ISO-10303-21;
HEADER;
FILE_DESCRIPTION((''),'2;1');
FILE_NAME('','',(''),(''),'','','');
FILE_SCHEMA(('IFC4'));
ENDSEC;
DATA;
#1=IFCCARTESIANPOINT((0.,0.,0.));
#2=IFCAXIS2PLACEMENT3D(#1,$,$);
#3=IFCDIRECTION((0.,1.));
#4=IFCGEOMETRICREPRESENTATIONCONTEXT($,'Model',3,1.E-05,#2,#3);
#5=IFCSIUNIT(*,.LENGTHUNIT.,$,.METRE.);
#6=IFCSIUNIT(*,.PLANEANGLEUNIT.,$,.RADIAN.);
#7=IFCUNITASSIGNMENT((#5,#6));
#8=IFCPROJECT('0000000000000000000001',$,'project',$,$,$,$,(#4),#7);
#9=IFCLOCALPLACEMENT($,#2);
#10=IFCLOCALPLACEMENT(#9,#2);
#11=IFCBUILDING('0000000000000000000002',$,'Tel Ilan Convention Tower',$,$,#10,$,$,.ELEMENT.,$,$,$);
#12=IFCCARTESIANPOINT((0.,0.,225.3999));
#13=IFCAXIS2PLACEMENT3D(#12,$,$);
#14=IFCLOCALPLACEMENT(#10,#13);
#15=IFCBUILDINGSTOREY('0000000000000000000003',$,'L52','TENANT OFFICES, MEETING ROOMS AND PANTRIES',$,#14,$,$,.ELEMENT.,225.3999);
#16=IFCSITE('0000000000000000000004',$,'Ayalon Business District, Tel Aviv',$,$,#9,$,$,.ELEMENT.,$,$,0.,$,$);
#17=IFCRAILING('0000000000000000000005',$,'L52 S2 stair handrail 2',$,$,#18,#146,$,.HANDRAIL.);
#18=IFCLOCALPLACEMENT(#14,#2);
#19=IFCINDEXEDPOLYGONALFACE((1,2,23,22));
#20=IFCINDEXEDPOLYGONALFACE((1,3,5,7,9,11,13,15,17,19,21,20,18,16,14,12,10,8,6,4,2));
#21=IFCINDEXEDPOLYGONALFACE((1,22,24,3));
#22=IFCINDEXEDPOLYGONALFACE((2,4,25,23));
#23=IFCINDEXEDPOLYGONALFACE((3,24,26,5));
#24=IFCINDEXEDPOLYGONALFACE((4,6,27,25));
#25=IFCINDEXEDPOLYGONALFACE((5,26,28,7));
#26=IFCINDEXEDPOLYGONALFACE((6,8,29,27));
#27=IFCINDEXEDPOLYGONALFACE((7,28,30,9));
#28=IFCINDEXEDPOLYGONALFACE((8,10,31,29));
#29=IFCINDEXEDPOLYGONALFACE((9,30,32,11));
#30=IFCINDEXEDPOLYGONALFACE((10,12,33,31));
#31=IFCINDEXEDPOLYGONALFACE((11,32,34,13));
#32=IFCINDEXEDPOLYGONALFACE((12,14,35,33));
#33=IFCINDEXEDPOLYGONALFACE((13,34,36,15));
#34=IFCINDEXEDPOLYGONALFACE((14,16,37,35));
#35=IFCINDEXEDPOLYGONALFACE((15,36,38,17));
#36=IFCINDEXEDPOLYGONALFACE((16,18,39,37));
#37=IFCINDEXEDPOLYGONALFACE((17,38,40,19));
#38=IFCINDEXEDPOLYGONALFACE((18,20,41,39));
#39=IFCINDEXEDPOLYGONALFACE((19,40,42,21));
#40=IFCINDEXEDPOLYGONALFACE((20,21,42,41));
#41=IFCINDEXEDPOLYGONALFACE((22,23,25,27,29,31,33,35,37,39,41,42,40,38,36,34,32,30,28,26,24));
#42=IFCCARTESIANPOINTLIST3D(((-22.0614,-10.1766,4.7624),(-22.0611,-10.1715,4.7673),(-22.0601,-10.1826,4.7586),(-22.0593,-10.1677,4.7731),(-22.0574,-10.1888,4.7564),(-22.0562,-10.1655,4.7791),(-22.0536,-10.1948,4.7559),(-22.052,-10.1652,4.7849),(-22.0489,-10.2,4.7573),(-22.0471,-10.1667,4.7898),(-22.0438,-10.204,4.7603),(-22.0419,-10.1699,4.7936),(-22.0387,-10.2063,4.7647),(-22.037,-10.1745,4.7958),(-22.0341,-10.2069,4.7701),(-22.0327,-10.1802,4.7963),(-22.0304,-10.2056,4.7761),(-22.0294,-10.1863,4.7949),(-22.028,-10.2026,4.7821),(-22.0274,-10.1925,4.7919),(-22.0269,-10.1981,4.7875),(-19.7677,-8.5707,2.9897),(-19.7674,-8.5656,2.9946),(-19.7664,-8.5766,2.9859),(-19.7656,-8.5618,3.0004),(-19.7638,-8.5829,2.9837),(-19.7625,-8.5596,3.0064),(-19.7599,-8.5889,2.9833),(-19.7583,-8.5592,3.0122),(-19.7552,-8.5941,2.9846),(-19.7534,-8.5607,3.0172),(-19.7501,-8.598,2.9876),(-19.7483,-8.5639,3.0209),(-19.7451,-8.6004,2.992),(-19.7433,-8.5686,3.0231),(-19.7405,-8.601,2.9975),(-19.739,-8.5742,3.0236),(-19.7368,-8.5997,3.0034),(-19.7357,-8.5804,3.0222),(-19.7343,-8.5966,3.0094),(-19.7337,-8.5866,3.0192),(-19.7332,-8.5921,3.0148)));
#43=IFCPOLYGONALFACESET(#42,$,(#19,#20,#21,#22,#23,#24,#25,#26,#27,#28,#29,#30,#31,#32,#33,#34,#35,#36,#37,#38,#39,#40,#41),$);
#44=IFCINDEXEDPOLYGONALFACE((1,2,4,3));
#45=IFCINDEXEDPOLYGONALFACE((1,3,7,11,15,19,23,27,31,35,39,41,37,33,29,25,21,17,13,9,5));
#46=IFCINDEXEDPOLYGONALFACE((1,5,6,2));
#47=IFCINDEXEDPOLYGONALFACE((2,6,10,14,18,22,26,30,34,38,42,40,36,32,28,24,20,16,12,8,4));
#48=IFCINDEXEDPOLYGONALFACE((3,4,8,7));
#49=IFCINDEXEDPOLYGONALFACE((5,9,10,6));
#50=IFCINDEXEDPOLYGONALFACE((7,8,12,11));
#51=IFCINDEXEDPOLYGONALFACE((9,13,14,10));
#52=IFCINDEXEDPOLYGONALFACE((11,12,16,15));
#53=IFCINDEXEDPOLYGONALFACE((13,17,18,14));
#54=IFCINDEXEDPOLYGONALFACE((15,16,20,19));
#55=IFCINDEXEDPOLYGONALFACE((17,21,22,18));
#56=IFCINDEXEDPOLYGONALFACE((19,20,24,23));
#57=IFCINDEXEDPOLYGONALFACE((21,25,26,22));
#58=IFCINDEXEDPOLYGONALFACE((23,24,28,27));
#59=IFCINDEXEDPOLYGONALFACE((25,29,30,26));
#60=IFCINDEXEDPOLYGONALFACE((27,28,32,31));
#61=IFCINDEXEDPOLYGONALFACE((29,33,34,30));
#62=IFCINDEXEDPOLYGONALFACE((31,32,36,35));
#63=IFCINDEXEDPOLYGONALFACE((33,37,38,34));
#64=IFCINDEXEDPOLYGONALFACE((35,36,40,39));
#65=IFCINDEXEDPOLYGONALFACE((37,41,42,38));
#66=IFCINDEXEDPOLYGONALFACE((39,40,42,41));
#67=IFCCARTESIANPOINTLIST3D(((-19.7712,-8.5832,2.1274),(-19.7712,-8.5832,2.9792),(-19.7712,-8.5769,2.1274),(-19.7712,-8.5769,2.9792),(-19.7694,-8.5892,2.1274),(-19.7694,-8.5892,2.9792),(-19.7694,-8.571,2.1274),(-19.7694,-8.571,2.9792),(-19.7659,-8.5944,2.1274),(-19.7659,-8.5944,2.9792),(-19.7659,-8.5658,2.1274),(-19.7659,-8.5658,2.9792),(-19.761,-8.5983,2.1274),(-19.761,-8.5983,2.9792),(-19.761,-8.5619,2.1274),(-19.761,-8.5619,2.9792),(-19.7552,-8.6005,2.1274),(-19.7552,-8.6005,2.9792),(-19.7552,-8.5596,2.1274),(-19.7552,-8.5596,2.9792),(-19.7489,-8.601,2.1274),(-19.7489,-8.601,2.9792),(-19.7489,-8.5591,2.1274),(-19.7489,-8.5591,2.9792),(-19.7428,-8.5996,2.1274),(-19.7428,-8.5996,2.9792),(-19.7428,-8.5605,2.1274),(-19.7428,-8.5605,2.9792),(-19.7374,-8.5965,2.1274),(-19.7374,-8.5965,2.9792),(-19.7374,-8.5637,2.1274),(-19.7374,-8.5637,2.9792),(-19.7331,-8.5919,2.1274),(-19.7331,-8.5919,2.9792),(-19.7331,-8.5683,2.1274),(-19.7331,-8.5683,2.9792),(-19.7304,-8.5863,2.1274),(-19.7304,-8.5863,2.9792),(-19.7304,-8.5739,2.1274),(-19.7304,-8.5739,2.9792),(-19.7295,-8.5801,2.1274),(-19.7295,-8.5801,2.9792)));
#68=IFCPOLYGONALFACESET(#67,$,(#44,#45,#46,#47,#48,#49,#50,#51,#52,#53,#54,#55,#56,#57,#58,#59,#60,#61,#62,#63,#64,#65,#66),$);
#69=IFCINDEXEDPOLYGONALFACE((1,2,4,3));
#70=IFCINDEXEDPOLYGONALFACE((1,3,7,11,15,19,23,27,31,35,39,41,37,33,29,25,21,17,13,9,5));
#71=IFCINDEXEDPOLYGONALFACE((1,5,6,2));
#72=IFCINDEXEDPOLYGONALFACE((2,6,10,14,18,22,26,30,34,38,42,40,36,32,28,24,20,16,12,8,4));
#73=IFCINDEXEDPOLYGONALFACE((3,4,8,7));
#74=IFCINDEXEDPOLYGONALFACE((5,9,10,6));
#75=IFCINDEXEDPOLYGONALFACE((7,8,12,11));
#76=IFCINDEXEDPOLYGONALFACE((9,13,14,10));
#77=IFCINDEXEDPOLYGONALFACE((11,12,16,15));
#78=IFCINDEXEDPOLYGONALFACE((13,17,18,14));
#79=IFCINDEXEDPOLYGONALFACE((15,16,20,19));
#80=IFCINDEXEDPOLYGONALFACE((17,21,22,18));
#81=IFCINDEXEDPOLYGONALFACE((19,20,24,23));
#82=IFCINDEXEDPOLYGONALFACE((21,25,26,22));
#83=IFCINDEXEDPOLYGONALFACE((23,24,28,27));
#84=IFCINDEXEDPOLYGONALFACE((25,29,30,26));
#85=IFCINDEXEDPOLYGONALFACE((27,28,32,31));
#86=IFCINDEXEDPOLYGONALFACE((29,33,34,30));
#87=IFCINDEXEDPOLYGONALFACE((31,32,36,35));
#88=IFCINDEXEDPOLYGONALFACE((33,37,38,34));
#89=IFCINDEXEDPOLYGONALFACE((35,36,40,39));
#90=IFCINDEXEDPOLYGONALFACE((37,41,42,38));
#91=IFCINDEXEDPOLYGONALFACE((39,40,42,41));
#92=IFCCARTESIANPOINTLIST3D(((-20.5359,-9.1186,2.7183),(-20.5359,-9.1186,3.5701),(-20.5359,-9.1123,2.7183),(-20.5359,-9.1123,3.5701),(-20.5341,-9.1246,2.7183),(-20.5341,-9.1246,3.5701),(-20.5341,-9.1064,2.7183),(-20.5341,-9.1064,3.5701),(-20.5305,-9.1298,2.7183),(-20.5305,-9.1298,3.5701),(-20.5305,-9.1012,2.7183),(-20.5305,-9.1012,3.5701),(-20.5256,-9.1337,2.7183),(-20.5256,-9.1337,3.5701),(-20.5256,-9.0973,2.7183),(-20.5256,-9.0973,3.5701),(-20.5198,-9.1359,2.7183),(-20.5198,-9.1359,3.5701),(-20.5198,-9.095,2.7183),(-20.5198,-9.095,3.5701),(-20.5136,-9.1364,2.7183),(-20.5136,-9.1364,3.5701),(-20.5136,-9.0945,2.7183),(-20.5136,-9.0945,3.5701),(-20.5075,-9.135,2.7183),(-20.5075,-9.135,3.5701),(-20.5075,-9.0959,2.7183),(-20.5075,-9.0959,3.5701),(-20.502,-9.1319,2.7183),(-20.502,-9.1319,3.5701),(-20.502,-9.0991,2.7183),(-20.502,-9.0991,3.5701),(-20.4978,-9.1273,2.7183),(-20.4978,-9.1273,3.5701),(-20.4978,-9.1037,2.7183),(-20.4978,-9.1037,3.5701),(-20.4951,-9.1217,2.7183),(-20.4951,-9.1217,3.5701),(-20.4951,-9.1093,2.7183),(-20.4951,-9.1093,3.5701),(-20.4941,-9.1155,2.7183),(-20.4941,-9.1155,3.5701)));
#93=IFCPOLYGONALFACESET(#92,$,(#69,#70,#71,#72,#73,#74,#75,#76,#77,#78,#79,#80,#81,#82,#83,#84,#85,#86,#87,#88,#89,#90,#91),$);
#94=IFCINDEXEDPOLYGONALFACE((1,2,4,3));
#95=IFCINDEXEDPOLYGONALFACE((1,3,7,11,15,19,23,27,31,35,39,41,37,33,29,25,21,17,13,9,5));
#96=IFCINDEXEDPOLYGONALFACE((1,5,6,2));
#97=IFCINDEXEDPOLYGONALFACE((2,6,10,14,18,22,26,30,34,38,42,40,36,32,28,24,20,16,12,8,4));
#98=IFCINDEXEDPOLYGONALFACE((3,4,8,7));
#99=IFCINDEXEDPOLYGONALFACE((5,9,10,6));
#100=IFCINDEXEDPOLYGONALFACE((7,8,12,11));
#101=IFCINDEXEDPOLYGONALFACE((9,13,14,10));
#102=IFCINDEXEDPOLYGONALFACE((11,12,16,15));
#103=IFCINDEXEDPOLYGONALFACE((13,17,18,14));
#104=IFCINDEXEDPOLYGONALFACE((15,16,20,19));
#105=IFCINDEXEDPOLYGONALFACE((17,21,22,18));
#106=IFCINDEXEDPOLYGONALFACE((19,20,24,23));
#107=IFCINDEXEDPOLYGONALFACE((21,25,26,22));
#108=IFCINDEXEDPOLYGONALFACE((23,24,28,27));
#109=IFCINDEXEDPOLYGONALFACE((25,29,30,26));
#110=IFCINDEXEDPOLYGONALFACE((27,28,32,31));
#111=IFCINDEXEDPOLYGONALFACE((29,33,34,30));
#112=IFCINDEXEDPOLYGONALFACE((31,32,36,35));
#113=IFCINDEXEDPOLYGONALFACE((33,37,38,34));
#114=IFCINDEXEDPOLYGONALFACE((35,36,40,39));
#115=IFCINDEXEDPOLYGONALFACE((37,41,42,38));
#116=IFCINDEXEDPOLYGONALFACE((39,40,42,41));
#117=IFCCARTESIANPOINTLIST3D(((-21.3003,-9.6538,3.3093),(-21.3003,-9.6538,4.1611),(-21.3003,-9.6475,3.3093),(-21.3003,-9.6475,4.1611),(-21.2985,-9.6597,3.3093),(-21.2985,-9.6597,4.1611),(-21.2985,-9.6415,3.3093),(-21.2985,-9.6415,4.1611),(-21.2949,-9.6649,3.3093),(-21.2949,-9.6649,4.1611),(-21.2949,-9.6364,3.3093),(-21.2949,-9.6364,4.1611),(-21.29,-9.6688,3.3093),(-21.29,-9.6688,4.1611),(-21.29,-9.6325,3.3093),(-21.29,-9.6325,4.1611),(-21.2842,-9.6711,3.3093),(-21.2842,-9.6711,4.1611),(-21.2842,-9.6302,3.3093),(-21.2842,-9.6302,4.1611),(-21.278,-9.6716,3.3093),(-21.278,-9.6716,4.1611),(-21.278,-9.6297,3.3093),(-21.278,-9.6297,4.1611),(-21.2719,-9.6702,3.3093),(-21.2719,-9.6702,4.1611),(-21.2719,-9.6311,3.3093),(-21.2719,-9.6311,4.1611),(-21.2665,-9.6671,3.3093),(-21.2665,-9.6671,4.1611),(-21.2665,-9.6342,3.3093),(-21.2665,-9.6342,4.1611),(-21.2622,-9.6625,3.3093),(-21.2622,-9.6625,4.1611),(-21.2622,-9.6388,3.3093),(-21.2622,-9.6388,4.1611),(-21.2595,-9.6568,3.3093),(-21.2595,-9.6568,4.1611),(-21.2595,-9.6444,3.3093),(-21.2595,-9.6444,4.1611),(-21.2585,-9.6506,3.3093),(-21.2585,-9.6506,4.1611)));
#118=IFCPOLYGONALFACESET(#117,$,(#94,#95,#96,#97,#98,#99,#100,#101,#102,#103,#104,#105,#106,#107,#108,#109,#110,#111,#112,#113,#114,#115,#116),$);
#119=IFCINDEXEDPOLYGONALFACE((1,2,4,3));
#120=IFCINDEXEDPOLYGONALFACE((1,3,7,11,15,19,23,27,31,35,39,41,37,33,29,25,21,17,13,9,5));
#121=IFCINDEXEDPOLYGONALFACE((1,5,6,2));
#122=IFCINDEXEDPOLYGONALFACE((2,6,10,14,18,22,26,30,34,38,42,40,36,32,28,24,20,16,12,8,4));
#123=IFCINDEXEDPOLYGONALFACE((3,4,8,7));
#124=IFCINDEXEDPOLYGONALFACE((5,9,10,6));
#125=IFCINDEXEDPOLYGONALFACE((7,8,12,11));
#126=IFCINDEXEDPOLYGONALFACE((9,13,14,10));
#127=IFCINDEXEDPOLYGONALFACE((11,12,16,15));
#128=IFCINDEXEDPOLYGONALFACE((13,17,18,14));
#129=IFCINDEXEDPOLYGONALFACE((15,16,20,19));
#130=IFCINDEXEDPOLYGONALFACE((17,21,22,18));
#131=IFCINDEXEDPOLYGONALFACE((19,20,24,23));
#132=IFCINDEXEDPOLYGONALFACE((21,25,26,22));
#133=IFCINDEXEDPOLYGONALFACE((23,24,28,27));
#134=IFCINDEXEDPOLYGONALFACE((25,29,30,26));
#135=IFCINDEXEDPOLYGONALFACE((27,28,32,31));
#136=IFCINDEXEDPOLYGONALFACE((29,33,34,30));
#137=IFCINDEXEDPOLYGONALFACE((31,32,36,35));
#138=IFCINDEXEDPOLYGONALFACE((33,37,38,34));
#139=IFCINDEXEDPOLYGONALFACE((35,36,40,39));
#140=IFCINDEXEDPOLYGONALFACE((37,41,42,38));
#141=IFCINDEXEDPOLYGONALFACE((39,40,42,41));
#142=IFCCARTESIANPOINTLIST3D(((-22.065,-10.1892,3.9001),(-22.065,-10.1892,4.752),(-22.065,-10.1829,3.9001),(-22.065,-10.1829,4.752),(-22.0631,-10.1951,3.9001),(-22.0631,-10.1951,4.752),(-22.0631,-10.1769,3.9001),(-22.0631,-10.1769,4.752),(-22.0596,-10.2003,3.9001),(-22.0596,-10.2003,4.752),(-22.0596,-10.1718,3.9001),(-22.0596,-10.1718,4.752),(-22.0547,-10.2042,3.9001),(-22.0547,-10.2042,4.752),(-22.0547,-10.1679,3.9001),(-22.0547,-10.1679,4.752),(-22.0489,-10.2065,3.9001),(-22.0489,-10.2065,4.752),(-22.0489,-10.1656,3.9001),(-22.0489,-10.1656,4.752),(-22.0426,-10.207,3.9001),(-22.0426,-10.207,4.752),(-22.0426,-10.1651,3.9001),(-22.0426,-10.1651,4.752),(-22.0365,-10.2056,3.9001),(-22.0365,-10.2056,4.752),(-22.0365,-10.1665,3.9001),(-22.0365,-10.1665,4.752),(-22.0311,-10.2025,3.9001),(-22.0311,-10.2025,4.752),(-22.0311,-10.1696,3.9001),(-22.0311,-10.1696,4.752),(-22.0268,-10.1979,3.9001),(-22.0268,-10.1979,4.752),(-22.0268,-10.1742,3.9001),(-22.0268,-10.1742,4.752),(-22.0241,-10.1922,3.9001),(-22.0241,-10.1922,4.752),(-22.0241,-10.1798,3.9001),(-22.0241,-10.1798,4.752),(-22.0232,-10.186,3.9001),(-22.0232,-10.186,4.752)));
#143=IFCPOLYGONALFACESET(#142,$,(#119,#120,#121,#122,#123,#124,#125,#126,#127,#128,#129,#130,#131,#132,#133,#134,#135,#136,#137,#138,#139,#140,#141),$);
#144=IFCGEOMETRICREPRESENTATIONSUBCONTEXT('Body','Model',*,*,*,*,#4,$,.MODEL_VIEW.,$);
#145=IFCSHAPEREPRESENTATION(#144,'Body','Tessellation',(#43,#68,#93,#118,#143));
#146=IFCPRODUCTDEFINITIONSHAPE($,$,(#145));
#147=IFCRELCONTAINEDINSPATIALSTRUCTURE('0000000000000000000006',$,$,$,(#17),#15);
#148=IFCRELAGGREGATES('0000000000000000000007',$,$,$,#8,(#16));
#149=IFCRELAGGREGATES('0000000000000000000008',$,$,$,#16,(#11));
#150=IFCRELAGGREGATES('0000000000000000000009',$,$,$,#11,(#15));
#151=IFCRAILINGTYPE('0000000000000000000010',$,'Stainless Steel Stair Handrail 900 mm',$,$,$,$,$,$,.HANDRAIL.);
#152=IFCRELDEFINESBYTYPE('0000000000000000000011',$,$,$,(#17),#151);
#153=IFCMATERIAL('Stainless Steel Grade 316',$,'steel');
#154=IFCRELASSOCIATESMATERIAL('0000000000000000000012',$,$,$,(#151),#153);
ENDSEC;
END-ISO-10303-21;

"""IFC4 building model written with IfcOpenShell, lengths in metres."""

from ifc_helpers import new_model, si_unit, direction, frame, origin, origin_2d, place, context, subcontext, project, spatial, circle, extrude, material, type_object, element, save


model = new_model("IFC4")

# Units and contexts
model_context = context("Model", 3, precision=1e-05, world=origin(), true_north=direction((0.0, 1.0)))
body_context = subcontext(model_context, "Body", "Model", "MODEL_VIEW")
ifc_project = project(units=[si_unit("LENGTHUNIT", "METRE"), si_unit("PLANEANGLEUNIT", "RADIAN")], contexts=[model_context])

# Site, building, storey
site_placement = place(None, origin())
site = spatial("IfcSite", under=ifc_project, at=site_placement, Name="Ayalon Business District, Tel Aviv", CompositionType="ELEMENT", RefElevation=0.0)
building_placement = place(site_placement, origin())
building = spatial("IfcBuilding", under=site, at=building_placement, Name="Tel Ilan Convention Tower", CompositionType="ELEMENT")
storey_placement = place(building_placement, frame((0.0, 0.0, 225.3999)))
storey = spatial("IfcBuildingStorey", under=building, at=storey_placement, Name="L52", Description="TENANT OFFICES, MEETING ROOMS AND PANTRIES", CompositionType="ELEMENT", Elevation=225.3999)

# Railing
ifc_material_1 = material(Name="Stainless Steel Grade 316", Category="steel")
railing_type_1 = type_object("IfcRailingType", Name="Stainless Steel Stair Handrail 900 mm", PredefinedType="HANDRAIL", material=ifc_material_1)
railing_1_placement = place(storey_placement, frame((-19.7505, -8.5801, 2.1274)))
element("IfcRailing", 1, at=railing_1_placement, inside=storey, type_object=railing_type_1, Name="L52 S2 stair handrail 2", PredefinedType="HANDRAIL", context=body_context, shape_type="SweptSolid", body=[
    extrude(circle(Radius=0.0239, at=origin_2d()), frame((0.0, 0.0, 0.876), z_axis=(-0.692123, -0.484597, 0.534913), x_axis=(0.57355, -0.81917, 0.0)), (0.0, 0.0, 1.0), 3.314),
    extrude(circle(Radius=0.021, at=origin_2d()), origin(), (0.0, 0.0, 1.0), 0.8518),
    extrude(circle(Radius=0.021, at=origin_2d()), frame((-0.7646, -0.5354, 0.5908)), (0.0, 0.0, 1.0), 0.8518),
    extrude(circle(Radius=0.021, at=origin_2d()), frame((-1.5291, -1.0706, 1.1819)), (0.0, 0.0, 1.0), 0.8518),
    extrude(circle(Radius=0.021, at=origin_2d()), frame((-2.2937, -1.606, 1.7727)), (0.0, 0.0, 1.0), 0.8518),
])

save(model, "model.ifc")
